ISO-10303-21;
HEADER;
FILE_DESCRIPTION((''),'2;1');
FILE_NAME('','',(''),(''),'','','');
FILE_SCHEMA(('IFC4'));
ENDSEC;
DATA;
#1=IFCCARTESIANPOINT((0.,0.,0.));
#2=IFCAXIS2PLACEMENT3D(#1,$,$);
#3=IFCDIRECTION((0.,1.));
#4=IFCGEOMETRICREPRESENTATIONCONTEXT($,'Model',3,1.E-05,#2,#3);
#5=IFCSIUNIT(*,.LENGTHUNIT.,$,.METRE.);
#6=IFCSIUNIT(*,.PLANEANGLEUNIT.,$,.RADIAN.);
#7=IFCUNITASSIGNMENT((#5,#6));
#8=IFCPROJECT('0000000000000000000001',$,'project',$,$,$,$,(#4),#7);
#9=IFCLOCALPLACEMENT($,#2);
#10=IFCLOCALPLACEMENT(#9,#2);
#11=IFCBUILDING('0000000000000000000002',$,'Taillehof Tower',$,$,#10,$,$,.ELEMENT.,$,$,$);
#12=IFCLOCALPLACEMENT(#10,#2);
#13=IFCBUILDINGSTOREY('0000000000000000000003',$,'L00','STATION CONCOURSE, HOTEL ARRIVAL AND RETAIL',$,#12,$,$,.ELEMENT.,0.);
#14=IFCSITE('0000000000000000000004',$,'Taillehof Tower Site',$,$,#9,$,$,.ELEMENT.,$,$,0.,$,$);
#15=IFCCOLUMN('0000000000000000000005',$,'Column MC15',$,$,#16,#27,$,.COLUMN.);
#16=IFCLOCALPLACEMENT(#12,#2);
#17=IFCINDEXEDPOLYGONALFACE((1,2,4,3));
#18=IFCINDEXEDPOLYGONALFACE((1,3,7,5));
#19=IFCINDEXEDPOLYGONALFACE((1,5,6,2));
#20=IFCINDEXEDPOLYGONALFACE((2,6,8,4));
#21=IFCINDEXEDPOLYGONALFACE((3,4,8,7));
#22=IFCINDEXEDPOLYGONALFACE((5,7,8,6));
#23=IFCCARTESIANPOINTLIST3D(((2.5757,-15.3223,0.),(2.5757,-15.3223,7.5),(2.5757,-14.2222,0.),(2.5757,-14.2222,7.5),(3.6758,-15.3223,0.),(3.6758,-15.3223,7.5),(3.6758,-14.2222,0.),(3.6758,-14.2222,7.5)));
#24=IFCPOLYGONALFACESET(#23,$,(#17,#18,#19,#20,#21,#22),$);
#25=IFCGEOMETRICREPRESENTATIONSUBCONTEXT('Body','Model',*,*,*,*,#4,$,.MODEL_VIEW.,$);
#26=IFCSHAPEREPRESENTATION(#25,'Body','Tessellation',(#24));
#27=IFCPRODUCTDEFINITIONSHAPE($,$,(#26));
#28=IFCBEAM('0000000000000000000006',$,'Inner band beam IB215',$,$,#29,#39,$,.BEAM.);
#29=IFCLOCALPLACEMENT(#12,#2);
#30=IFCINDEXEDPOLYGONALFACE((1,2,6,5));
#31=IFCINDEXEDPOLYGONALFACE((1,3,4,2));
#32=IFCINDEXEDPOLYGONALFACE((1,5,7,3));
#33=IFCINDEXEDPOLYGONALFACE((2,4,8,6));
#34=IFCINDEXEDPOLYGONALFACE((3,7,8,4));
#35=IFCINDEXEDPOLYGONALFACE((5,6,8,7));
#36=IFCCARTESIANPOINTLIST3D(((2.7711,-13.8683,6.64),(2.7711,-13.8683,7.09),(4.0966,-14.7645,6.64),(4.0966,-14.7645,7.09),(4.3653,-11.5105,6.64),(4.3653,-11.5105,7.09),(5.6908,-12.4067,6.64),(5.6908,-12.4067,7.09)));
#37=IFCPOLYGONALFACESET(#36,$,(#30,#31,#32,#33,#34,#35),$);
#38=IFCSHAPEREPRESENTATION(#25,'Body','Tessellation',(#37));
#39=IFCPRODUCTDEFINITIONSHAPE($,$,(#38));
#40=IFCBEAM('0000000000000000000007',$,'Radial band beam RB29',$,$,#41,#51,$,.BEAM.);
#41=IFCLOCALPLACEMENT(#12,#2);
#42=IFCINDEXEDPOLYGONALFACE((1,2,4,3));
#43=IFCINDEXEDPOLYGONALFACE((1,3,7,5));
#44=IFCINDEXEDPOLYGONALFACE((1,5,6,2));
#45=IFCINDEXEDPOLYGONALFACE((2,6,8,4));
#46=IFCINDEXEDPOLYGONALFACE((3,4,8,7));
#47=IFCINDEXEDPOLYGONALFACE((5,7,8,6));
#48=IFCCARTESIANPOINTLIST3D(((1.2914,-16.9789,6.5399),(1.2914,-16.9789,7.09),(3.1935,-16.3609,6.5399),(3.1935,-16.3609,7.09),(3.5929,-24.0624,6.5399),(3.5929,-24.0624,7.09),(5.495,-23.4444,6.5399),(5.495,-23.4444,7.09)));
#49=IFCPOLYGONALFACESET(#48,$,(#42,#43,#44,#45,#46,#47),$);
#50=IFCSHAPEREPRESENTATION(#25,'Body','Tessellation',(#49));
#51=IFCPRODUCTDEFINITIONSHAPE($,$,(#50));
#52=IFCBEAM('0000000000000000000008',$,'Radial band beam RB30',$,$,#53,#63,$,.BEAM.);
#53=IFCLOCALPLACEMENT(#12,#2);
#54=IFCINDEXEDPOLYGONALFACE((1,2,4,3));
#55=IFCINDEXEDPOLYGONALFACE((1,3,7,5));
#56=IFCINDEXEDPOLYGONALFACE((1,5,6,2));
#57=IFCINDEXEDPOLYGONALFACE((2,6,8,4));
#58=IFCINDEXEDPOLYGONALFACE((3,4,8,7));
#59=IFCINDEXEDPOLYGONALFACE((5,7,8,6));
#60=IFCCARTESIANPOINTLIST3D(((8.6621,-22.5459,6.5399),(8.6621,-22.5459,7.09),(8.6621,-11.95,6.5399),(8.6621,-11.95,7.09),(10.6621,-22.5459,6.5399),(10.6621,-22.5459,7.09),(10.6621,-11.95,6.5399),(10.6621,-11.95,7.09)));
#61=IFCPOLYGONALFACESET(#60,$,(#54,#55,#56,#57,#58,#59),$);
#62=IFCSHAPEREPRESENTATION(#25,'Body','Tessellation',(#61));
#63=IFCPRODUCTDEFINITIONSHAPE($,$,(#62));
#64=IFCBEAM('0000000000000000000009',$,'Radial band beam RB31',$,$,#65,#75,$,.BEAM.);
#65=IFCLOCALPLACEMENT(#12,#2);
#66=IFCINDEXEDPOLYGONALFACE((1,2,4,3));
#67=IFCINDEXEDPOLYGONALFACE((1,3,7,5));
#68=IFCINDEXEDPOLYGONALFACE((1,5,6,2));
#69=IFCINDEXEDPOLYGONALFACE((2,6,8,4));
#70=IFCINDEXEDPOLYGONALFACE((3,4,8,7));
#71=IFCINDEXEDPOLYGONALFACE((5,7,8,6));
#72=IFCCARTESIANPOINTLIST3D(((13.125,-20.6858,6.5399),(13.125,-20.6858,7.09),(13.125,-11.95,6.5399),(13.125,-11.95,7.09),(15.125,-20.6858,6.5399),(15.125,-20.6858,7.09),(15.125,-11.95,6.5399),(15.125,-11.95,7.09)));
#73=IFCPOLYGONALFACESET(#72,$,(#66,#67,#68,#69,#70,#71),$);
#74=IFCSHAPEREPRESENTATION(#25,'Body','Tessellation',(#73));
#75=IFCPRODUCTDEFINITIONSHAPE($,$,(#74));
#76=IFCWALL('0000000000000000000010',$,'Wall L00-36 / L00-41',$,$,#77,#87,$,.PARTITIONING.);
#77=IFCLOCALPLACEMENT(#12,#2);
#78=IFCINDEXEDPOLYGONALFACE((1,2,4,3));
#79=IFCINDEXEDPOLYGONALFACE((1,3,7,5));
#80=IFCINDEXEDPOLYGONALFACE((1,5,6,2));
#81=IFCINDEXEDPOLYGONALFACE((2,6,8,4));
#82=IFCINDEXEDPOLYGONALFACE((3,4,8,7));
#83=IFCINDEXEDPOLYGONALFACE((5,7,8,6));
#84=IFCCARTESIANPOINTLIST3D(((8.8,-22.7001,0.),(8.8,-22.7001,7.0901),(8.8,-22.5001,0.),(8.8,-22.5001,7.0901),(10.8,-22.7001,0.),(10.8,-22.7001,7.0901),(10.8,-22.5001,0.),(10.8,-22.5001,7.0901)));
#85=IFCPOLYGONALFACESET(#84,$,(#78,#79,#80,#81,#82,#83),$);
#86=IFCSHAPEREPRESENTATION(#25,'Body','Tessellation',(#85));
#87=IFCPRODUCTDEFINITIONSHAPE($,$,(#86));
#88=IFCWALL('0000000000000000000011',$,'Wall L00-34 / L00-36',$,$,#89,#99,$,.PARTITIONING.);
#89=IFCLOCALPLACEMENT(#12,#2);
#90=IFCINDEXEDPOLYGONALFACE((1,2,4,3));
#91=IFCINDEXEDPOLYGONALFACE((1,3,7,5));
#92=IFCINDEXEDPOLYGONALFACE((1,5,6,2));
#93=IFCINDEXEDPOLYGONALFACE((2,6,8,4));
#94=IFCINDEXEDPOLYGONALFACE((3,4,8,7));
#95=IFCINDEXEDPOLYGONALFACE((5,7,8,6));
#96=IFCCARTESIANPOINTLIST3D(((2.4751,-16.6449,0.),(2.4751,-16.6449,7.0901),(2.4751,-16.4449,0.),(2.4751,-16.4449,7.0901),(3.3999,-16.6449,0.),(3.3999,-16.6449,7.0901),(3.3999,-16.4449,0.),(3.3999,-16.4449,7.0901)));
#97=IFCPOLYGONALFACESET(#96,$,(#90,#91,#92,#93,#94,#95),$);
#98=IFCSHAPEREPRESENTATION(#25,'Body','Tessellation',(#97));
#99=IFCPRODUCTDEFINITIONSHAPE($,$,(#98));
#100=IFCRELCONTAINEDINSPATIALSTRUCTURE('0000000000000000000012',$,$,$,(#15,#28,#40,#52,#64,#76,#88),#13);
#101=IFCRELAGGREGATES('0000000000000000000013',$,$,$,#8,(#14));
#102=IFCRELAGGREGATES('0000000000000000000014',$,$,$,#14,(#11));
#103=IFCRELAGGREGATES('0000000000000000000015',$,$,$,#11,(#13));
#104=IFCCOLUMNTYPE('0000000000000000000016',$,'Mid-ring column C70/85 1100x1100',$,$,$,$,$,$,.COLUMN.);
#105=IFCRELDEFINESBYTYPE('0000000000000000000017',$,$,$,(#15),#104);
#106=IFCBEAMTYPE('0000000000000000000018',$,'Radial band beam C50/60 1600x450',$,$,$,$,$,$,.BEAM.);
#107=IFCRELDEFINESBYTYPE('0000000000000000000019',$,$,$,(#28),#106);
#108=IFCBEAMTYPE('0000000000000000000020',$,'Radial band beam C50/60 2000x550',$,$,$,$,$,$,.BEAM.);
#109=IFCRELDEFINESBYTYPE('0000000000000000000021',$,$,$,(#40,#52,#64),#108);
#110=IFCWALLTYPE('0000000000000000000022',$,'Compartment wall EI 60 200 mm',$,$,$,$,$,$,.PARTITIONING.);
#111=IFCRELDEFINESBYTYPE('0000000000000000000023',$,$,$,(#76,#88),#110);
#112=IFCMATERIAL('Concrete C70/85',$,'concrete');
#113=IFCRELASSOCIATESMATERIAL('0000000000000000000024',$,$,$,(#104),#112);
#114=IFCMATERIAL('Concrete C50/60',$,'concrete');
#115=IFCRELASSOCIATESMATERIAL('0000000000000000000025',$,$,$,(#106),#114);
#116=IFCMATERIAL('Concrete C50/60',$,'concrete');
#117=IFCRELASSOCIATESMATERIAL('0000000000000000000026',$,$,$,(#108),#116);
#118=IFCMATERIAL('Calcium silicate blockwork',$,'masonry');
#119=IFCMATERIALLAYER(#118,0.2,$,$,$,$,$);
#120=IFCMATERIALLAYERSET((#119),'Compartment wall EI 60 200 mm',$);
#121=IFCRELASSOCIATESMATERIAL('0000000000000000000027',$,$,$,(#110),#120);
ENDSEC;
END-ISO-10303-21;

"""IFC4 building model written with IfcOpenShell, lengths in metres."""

from ifc_helpers import new_model, si_unit, direction, frame, frame_2d, origin, origin_2d, place, context, subcontext, project, spatial, rectangle, extrude, material, layer, layer_set, material_profile, profile_set, type_object, element, save


model = new_model("IFC4")

# Units and contexts
model_context = context("Model", 3, precision=1e-05, world=origin(), true_north=direction((0.0, 1.0)))
body_context = subcontext(model_context, "Body", "Model", "MODEL_VIEW")
ifc_project = project(units=[si_unit("LENGTHUNIT", "METRE"), si_unit("PLANEANGLEUNIT", "RADIAN")], contexts=[model_context])

# Site, building, storey
site_placement = place(None, origin())
site = spatial("IfcSite", under=ifc_project, at=site_placement, Name="Taillehof Tower Site", CompositionType="ELEMENT", RefElevation=0.0)
building_placement = place(site_placement, origin())
building = spatial("IfcBuilding", under=site, at=building_placement, Name="Taillehof Tower", CompositionType="ELEMENT")
storey_placement = place(building_placement, origin())
storey = spatial("IfcBuildingStorey", under=building, at=storey_placement, Name="L00", Description="STATION CONCOURSE, HOTEL ARRIVAL AND RETAIL", CompositionType="ELEMENT", Elevation=0.0)

# Column
ifc_material_1 = material(Name="Concrete C70/85", Category="concrete")
ifc_material_profile_1 = material_profile(ifc_material_1, rectangle(XDim=1.1001, YDim=1.1001, at=origin_2d()), Name="RC 1100x1100")
ifc_profile_set_1 = profile_set([ifc_material_profile_1], Name="Concrete C70/85")
column_type = type_object("IfcColumnType", Name="Mid-ring column C70/85 1100x1100", PredefinedType="COLUMN", material=ifc_profile_set_1)
column_placement = place(storey_placement, frame((3.1257, -14.7722, 0.0), z_axis=(0.0, 0.0, 1.0), x_axis=(1.0, 0.0, 0.0)))
element("IfcColumn", 1, at=column_placement, inside=storey, type_object=column_type, Name="Column MC15", PredefinedType="COLUMN", context=body_context, shape_type="SweptSolid", body=[
    extrude(rectangle(XDim=1.1001, YDim=1.1001, at=origin_2d()), origin(), (0.0, 0.0, 1.0), 7.5),
])

# Beams
ifc_material_2 = material(Name="Concrete C50/60", Category="concrete")
ifc_material_profile_2 = material_profile(ifc_material_2, rectangle(XDim=1.6001, YDim=0.45, at=origin_2d()), Name="RC 1600x450")
ifc_profile_set_2 = profile_set([ifc_material_profile_2], Name="Concrete C50/60")
beam_type_1 = type_object("IfcBeamType", Name="Radial band beam C50/60 1600x450", PredefinedType="BEAM", material=ifc_profile_set_2)
beam_1_placement = place(storey_placement, frame((3.4338, -14.3164, 6.865), z_axis=(0.560112, 0.828417, 0.0), x_axis=(-0.828417, 0.560112, 0.0)))
element("IfcBeam", 2, at=beam_1_placement, inside=storey, type_object=beam_type_1, Name="Inner band beam IB215", PredefinedType="BEAM", context=body_context, shape_type="SweptSolid", body=[
    extrude(rectangle(XDim=1.6001, YDim=0.45, at=origin_2d()), origin(), (0.0, 0.0, 1.0), 2.8462),
])
ifc_material_3 = material(Name="Concrete C50/60", Category="concrete")
ifc_material_profile_3 = material_profile(ifc_material_3, rectangle(XDim=2.0, YDim=0.55, at=origin_2d()), Name="RC 2000x550")
ifc_profile_set_3 = profile_set([ifc_material_profile_3], Name="Concrete C50/60")
beam_type_2 = type_object("IfcBeamType", Name="Radial band beam C50/60 2000x550", PredefinedType="BEAM", material=ifc_profile_set_3)
beam_2_placement = place(storey_placement, frame((4.5439, -23.7534, 6.8149), z_axis=(-0.30901, 0.951059, 0.0), x_axis=(-0.951059, -0.30901, 0.0)))
element("IfcBeam", 3, at=beam_2_placement, inside=storey, type_object=beam_type_2, Name="Radial band beam RB29", PredefinedType="BEAM", context=body_context, shape_type="SweptSolid", body=[
    extrude(rectangle(XDim=2.0, YDim=0.55, at=origin_2d()), origin(), (0.0, 0.0, 1.0), 7.448),
])
beam_3_placement = place(storey_placement, frame((9.6621, -22.5459, 6.8149), z_axis=(0.0, 1.0, 0.0), x_axis=(-1.0, 0.0, 0.0)))
element("IfcBeam", 4, at=beam_3_placement, inside=storey, type_object=beam_type_2, Name="Radial band beam RB30", PredefinedType="BEAM", context=body_context, shape_type="SweptSolid", body=[
    extrude(rectangle(XDim=2.0, YDim=0.55, at=origin_2d()), origin(), (0.0, 0.0, 1.0), 10.5959),
])
beam_4_placement = place(storey_placement, frame((14.125, -20.6858, 6.8149), z_axis=(0.0, 1.0, 0.0), x_axis=(-1.0, 0.0, 0.0)))
element("IfcBeam", 5, at=beam_4_placement, inside=storey, type_object=beam_type_2, Name="Radial band beam RB31", PredefinedType="BEAM", context=body_context, shape_type="SweptSolid", body=[
    extrude(rectangle(XDim=2.0, YDim=0.55, at=origin_2d()), origin(), (0.0, 0.0, 1.0), 8.7358),
])

# Walls
ifc_material_4 = material(Name="Calcium silicate blockwork", Category="masonry")
ifc_layer_1 = layer(ifc_material_4, 0.2)
ifc_layer_set_1 = layer_set([ifc_layer_1], Name="Compartment wall EI 60 200 mm")
wall_type_1 = type_object("IfcWallType", Name="Compartment wall EI 60 200 mm", PredefinedType="PARTITIONING", material=ifc_layer_set_1)
wall_1_placement = place(storey_placement, frame((8.8, -22.6001, 0.0), z_axis=(0.0, 0.0, 1.0), x_axis=(1.0, 0.0, 0.0)))
element("IfcWall", 6, at=wall_1_placement, inside=storey, type_object=wall_type_1, Name="Wall L00-36 / L00-41", PredefinedType="PARTITIONING", context=body_context, shape_type="SweptSolid", body=[
    extrude(rectangle(XDim=2.0, YDim=0.2, at=frame_2d((1.0, 0.0))), origin(), (0.0, 0.0, 1.0), 7.0901),
])
wall_2_placement = place(storey_placement, frame((2.4751, -16.5449, 0.0), z_axis=(0.0, 0.0, 1.0), x_axis=(1.0, 0.0, 0.0)))
element("IfcWall", 7, at=wall_2_placement, inside=storey, type_object=wall_type_1, Name="Wall L00-34 / L00-36", PredefinedType="PARTITIONING", context=body_context, shape_type="SweptSolid", body=[
    extrude(rectangle(XDim=0.9248, YDim=0.2, at=frame_2d((0.4624, 0.0))), origin(), (0.0, 0.0, 1.0), 7.0901),
])

save(model, "model.ifc")
